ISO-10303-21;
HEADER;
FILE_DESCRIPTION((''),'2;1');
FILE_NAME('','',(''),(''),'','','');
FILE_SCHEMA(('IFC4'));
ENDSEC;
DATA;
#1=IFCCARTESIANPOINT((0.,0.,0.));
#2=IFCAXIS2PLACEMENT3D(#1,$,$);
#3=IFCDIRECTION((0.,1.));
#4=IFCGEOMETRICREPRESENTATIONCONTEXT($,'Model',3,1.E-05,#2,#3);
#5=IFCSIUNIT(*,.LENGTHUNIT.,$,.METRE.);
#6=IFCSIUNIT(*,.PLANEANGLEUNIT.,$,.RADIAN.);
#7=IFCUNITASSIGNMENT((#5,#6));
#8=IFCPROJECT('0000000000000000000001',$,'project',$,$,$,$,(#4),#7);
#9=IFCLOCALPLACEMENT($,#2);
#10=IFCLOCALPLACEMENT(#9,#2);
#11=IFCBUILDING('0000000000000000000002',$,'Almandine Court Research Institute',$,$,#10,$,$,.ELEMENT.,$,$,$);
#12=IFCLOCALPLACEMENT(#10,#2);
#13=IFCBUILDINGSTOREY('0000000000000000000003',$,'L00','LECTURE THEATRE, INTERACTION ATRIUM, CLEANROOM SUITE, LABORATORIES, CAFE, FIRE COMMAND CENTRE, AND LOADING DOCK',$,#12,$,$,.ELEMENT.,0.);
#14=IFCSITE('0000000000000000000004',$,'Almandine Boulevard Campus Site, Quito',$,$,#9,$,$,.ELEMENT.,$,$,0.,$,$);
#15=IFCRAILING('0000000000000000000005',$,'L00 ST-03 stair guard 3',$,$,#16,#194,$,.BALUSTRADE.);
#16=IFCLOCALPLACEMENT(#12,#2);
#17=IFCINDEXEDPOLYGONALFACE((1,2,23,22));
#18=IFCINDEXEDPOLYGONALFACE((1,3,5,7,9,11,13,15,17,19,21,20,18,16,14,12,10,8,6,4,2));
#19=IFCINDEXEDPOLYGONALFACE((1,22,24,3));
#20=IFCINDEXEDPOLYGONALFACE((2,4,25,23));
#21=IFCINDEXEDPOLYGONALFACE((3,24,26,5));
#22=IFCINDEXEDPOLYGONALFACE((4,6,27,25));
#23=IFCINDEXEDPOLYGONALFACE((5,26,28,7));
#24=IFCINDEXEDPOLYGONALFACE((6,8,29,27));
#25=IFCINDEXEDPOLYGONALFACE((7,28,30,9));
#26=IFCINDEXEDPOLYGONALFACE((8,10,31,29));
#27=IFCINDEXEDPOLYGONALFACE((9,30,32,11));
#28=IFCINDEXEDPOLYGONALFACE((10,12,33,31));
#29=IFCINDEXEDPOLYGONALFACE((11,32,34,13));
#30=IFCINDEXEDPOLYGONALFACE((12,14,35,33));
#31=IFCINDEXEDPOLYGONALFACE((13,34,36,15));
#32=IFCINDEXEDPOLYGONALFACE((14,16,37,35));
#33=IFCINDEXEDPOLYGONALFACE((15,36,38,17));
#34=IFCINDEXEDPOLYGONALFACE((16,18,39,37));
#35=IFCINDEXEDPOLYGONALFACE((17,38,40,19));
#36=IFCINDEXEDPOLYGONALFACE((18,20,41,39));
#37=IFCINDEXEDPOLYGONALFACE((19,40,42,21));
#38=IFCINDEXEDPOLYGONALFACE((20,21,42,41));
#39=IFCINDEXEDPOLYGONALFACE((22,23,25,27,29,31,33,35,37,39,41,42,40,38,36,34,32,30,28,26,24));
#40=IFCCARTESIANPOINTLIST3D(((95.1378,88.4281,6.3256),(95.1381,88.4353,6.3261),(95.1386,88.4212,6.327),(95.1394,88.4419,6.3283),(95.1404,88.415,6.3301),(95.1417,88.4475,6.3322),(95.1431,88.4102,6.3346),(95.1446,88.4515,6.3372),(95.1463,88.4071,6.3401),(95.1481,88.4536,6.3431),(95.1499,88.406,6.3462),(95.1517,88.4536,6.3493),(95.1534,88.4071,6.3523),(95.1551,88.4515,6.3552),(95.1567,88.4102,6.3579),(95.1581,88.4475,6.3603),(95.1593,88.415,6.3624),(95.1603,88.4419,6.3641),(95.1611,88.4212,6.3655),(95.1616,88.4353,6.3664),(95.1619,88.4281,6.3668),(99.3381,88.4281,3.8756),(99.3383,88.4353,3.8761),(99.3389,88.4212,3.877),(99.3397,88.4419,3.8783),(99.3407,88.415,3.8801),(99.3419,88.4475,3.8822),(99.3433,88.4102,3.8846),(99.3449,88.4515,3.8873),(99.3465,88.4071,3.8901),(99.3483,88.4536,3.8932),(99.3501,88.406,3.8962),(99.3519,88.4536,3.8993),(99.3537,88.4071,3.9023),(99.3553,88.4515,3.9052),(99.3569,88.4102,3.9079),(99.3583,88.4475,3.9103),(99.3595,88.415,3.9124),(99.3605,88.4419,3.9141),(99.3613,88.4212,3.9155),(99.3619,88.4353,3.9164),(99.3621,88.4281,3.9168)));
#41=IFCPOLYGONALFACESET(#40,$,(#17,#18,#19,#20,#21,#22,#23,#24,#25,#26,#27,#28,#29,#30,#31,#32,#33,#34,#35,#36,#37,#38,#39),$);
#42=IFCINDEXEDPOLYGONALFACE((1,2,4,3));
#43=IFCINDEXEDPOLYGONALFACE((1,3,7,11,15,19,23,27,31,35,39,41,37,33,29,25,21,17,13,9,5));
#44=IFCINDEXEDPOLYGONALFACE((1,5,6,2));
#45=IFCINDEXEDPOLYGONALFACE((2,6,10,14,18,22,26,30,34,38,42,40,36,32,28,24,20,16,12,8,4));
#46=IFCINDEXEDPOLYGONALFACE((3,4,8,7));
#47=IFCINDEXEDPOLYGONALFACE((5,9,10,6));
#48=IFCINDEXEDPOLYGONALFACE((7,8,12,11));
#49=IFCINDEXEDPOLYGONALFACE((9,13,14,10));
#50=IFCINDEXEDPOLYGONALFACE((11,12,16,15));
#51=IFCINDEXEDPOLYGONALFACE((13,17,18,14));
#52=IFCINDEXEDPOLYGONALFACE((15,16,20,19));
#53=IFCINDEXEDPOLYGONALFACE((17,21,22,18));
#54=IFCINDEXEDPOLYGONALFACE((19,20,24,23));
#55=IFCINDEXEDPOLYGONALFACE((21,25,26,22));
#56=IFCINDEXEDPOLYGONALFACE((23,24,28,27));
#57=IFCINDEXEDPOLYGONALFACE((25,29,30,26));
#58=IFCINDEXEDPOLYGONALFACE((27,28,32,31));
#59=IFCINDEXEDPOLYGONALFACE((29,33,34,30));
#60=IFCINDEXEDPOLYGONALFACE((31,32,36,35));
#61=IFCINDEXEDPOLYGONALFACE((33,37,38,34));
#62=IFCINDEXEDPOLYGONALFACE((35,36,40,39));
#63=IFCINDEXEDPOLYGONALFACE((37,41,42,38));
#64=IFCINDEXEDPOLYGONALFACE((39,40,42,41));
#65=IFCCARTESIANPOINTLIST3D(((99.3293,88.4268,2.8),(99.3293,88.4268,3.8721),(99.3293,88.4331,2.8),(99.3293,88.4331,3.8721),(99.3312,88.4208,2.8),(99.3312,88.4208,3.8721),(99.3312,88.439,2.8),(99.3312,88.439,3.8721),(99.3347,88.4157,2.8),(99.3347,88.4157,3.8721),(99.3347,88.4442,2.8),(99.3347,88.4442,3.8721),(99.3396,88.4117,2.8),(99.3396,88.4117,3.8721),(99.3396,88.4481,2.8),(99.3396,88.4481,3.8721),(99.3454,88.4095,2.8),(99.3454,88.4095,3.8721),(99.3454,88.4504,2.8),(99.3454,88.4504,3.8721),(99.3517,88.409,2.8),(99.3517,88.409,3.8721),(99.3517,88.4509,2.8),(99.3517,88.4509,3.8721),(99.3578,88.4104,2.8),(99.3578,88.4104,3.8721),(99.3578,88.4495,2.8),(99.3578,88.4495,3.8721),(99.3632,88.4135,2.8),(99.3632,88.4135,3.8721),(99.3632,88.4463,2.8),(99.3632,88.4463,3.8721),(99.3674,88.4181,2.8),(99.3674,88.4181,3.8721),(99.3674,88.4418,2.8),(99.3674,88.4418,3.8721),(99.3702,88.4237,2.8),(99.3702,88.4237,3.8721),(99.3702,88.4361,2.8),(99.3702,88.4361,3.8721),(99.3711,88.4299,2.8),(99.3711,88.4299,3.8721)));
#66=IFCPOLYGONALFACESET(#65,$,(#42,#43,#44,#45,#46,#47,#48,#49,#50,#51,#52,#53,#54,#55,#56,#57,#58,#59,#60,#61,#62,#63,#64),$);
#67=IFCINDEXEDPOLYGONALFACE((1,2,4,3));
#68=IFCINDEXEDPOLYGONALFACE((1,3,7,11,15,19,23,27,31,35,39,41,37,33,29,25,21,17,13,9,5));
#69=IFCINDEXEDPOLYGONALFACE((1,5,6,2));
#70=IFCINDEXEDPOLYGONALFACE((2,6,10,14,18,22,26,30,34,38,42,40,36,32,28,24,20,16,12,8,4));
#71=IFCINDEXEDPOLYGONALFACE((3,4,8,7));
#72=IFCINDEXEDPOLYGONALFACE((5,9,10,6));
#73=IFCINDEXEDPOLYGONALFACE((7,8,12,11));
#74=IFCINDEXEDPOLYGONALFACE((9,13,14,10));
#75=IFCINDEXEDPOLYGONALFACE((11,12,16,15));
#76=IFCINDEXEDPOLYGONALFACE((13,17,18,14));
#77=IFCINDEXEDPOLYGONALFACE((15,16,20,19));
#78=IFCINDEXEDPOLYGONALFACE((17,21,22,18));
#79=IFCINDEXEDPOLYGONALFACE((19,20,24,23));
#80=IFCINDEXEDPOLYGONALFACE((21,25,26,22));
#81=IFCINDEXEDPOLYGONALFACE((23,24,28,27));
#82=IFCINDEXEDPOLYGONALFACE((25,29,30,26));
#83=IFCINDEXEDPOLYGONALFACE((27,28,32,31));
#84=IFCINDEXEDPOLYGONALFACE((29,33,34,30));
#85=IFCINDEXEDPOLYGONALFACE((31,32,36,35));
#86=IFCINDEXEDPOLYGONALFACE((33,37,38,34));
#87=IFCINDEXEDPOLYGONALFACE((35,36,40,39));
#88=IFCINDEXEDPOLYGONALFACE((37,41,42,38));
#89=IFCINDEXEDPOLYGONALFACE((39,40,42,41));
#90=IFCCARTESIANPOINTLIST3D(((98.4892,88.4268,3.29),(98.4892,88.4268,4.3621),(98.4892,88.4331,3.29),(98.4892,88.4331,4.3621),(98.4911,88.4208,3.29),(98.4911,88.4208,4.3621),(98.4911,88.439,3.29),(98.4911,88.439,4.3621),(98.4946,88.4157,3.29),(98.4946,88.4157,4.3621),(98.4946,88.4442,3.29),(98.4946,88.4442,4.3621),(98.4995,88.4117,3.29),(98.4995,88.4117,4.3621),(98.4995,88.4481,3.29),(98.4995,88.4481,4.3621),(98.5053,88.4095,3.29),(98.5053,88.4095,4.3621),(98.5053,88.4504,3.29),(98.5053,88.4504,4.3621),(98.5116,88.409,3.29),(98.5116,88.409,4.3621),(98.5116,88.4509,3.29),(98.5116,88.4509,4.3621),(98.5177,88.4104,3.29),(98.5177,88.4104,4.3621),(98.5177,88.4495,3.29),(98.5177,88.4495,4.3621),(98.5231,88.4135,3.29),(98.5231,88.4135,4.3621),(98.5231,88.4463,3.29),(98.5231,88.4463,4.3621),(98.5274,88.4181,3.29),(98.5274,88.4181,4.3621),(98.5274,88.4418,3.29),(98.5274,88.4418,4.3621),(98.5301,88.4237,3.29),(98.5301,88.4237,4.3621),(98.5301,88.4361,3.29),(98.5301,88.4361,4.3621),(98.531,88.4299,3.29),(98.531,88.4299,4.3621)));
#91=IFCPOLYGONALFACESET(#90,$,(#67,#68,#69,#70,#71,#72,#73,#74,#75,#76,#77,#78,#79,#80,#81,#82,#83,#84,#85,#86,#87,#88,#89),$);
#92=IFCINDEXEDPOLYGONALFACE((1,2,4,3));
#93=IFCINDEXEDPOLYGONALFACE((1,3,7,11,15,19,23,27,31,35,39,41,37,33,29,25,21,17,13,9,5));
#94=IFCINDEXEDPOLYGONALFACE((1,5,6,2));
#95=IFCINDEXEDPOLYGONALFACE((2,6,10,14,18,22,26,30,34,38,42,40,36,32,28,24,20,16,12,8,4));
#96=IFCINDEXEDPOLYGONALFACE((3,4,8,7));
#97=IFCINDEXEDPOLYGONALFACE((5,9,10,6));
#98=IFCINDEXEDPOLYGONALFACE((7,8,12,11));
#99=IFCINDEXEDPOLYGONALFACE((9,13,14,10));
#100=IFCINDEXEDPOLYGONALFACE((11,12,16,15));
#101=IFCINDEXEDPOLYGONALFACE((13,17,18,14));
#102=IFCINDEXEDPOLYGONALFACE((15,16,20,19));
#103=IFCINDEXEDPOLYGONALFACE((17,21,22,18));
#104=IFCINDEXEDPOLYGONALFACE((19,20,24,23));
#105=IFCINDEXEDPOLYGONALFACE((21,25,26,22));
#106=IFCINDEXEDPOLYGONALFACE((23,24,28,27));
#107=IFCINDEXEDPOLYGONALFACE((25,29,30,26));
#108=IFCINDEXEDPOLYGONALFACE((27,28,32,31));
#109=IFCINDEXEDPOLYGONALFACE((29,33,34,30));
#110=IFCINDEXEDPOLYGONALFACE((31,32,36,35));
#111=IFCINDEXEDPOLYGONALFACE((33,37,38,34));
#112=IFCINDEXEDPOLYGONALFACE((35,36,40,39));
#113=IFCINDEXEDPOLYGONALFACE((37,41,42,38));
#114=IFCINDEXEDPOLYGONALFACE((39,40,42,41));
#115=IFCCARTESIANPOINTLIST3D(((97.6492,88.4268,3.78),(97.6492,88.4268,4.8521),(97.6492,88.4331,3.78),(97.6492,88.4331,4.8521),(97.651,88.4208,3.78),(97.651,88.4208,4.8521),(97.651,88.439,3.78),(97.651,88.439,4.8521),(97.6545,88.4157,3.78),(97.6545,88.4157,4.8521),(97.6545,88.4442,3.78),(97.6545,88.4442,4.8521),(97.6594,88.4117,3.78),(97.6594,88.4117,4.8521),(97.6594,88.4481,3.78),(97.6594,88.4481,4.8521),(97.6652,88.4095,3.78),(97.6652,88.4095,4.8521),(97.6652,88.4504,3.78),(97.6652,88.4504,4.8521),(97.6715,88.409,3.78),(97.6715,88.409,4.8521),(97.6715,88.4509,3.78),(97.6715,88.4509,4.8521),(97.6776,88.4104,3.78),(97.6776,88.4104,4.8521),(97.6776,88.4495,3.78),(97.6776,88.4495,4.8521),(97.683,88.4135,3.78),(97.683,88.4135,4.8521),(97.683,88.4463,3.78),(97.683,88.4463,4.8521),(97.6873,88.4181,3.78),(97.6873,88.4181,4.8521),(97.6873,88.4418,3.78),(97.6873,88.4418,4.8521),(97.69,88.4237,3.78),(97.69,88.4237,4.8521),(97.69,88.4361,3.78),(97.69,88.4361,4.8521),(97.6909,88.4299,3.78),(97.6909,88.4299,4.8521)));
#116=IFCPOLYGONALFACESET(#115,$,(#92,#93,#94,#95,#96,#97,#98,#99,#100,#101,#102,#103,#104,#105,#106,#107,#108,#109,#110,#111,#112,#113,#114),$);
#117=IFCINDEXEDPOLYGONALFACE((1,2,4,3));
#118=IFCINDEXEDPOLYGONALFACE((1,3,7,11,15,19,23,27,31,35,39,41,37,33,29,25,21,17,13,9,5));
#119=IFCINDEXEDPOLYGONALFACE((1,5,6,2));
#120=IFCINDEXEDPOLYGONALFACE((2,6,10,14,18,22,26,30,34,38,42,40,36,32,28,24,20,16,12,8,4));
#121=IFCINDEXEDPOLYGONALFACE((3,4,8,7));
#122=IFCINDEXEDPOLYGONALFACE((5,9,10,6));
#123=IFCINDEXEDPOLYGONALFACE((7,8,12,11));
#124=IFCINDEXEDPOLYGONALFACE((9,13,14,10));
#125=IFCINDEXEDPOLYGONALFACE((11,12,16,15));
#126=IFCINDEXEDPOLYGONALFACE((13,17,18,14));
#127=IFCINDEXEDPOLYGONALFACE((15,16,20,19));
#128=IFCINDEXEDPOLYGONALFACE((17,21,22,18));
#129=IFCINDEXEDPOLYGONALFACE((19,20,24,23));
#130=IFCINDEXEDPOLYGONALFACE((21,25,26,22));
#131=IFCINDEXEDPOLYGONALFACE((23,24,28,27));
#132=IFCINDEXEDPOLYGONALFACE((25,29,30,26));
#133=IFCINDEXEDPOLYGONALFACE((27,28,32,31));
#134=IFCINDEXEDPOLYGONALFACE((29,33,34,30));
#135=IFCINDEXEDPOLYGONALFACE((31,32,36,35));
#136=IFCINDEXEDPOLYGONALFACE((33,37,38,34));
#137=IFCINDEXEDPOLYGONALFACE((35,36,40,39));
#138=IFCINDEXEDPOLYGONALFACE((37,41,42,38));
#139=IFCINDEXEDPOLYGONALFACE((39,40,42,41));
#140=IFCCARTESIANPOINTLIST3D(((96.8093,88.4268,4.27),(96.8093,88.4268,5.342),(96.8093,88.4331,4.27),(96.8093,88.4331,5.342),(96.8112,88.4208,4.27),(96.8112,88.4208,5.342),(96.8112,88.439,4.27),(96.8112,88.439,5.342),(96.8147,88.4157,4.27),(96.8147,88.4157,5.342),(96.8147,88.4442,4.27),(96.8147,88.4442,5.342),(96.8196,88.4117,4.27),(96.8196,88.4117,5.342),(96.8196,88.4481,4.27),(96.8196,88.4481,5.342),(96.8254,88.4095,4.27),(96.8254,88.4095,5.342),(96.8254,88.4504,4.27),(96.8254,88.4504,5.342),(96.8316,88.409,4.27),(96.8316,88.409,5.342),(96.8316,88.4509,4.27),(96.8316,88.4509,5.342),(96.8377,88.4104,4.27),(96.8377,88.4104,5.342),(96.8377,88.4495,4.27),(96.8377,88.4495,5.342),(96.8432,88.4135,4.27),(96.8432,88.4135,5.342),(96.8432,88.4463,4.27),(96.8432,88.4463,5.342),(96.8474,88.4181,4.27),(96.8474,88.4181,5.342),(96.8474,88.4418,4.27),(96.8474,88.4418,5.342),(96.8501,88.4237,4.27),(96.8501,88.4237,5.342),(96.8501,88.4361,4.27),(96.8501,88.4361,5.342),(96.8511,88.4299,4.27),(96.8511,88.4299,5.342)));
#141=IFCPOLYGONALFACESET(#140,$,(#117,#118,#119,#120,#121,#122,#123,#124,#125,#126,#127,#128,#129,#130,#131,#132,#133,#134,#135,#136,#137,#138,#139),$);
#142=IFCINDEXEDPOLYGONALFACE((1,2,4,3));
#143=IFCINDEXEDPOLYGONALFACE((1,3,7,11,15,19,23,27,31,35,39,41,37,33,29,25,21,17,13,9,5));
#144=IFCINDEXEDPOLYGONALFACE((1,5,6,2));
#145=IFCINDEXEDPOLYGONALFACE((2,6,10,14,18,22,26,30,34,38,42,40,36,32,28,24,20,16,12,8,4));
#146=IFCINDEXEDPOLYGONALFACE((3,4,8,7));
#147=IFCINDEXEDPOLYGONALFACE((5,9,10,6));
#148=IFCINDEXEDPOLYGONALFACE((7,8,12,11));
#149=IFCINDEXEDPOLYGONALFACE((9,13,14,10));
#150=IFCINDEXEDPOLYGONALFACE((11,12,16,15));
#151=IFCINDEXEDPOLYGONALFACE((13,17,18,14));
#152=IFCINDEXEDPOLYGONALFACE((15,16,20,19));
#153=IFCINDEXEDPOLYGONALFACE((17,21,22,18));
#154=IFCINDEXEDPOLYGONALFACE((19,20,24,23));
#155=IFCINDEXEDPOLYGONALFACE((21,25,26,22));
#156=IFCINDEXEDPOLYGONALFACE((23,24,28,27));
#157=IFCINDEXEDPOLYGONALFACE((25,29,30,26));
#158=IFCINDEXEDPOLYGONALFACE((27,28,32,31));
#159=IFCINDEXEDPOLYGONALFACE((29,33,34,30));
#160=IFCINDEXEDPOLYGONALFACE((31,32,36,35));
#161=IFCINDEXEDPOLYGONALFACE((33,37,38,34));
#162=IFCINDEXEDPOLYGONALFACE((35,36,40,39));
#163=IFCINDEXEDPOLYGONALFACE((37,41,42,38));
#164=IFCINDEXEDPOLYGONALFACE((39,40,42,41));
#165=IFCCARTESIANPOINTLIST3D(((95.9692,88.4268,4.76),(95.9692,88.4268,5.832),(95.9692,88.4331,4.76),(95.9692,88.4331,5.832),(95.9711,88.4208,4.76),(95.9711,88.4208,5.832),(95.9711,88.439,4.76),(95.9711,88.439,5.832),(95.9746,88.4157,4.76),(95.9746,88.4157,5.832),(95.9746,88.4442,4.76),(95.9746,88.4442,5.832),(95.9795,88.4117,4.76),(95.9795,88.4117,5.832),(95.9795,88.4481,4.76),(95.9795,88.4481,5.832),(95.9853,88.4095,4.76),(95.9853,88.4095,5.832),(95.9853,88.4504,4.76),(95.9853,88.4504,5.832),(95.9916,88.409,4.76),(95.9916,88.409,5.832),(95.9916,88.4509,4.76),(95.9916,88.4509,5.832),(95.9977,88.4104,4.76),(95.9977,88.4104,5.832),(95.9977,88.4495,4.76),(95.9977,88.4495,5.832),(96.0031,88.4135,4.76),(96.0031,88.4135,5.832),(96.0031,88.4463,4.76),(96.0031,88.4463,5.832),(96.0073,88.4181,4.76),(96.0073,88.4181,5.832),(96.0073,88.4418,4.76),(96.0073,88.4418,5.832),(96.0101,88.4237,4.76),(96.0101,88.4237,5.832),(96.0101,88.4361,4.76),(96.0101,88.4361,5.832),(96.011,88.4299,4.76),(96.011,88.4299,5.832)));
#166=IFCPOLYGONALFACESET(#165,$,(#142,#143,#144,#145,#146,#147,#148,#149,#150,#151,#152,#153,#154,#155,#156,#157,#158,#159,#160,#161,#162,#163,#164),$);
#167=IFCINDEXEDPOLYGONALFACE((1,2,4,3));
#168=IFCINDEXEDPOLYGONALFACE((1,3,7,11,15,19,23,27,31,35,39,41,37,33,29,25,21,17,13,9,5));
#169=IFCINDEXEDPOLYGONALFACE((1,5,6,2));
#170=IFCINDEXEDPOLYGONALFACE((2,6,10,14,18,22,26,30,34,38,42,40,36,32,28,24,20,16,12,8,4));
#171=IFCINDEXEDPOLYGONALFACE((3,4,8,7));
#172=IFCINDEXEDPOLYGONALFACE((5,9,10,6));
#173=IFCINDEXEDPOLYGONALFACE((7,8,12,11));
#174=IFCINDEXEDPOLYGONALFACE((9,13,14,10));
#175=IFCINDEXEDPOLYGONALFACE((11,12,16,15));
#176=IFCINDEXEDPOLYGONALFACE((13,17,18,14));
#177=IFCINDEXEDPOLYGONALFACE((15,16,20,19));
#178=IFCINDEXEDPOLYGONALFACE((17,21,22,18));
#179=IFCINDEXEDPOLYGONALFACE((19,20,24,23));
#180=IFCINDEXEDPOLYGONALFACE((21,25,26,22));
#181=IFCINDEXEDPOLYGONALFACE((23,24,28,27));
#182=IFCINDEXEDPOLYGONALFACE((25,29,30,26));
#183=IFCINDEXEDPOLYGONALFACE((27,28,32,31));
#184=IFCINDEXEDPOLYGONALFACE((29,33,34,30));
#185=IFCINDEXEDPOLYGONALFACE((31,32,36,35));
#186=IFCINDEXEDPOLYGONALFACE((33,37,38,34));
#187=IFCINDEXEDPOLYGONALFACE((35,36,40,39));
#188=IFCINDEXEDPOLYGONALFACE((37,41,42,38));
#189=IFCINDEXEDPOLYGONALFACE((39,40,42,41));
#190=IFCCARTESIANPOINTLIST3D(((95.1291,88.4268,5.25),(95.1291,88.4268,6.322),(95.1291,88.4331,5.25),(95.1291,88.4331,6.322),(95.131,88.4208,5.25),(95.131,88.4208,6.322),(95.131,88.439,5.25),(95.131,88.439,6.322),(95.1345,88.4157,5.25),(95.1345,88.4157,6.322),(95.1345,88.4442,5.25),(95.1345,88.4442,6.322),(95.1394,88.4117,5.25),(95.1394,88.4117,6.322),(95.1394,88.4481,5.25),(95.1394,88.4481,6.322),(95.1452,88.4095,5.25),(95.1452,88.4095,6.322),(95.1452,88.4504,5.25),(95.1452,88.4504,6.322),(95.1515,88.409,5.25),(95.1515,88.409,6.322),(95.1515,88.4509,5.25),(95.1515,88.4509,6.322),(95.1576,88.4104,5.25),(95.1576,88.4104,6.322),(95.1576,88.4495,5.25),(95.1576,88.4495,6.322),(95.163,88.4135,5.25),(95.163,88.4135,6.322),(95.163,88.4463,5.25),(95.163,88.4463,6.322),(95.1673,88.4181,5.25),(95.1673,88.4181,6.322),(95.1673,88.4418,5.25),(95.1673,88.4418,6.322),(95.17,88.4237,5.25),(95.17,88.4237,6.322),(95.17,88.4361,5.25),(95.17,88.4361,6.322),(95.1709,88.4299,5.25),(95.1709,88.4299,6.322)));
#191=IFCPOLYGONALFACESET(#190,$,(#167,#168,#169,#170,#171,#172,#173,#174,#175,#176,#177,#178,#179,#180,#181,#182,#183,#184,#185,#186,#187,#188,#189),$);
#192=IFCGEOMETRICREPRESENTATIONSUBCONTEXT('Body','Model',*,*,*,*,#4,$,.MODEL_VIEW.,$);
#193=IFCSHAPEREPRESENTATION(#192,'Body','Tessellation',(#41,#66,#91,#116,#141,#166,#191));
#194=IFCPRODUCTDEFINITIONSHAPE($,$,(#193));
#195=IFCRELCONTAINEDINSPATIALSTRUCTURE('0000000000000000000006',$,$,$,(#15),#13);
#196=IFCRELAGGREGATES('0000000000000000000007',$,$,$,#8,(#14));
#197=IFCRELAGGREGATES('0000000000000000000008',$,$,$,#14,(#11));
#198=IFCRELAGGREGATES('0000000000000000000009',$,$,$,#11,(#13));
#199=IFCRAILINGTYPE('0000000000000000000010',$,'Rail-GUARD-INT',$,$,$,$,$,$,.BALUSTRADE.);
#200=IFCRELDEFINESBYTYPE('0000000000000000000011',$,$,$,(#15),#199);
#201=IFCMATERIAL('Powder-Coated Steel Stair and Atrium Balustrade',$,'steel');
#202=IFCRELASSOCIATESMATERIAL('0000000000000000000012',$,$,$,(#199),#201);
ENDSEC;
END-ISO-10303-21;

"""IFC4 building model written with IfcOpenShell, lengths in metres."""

from ifc_helpers import new_model, si_unit, direction, frame, origin, origin_2d, place, context, subcontext, project, spatial, circle, extrude, material, type_object, element, save


model = new_model("IFC4")

# Units and contexts
model_context = context("Model", 3, precision=1e-05, world=origin(), true_north=direction((0.0, 1.0)))
body_context = subcontext(model_context, "Body", "Model", "MODEL_VIEW")
ifc_project = project(units=[si_unit("LENGTHUNIT", "METRE"), si_unit("PLANEANGLEUNIT", "RADIAN")], contexts=[model_context])

# Site, building, storey
site_placement = place(None, origin())
site = spatial("IfcSite", under=ifc_project, at=site_placement, Name="Almandine Boulevard Campus Site, Quito", CompositionType="ELEMENT", RefElevation=0.0)
building_placement = place(site_placement, origin())
building = spatial("IfcBuilding", under=site, at=building_placement, Name="Almandine Court Research Institute", CompositionType="ELEMENT")
storey_placement = place(building_placement, origin())
storey = spatial("IfcBuildingStorey", under=building, at=storey_placement, Name="L00", Description="LECTURE THEATRE, INTERACTION ATRIUM, CLEANROOM SUITE, LABORATORIES, CAFE, FIRE COMMAND CENTRE, AND LOADING DOCK", CompositionType="ELEMENT", Elevation=0.0)

# Railing
ifc_material_1 = material(Name="Powder-Coated Steel Stair and Atrium Balustrade", Category="steel")
railing_type_1 = type_object("IfcRailingType", Name="Rail-GUARD-INT", PredefinedType="BALUSTRADE", material=ifc_material_1)
railing_1_placement = place(storey_placement, frame((99.3501, 88.4299, 2.8)))
element("IfcRailing", 1, at=railing_1_placement, inside=storey, type_object=railing_type_1, Name="L00 ST-03 stair guard 3", PredefinedType="BALUSTRADE", context=body_context, shape_type="SweptSolid", body=[
    extrude(circle(Radius=0.0239, at=origin_2d()), frame((0.0, 0.0, 1.0962), z_axis=(-0.863793, 0.0, 0.503846), x_axis=(0.0, -1.0, 0.0)), (0.0, 0.0, 1.0), 4.8625),
    extrude(circle(Radius=0.021, at=origin_2d()), origin(), (0.0, 0.0, 1.0), 1.072),
    extrude(circle(Radius=0.021, at=origin_2d()), frame((-0.8401, 0.0, 0.49)), (0.0, 0.0, 1.0), 1.072),
    extrude(circle(Radius=0.021, at=origin_2d()), frame((-1.6802, 0.0, 0.98)), (0.0, 0.0, 1.0), 1.072),
    extrude(circle(Radius=0.021, at=origin_2d()), frame((-2.52, 0.0, 1.47)), (0.0, 0.0, 1.0), 1.072),
    extrude(circle(Radius=0.021, at=origin_2d()), frame((-3.3601, 0.0, 1.96)), (0.0, 0.0, 1.0), 1.072),
    extrude(circle(Radius=0.021, at=origin_2d()), frame((-4.2002, 0.0, 2.45)), (0.0, 0.0, 1.0), 1.072),
])

save(model, "model.ifc")
